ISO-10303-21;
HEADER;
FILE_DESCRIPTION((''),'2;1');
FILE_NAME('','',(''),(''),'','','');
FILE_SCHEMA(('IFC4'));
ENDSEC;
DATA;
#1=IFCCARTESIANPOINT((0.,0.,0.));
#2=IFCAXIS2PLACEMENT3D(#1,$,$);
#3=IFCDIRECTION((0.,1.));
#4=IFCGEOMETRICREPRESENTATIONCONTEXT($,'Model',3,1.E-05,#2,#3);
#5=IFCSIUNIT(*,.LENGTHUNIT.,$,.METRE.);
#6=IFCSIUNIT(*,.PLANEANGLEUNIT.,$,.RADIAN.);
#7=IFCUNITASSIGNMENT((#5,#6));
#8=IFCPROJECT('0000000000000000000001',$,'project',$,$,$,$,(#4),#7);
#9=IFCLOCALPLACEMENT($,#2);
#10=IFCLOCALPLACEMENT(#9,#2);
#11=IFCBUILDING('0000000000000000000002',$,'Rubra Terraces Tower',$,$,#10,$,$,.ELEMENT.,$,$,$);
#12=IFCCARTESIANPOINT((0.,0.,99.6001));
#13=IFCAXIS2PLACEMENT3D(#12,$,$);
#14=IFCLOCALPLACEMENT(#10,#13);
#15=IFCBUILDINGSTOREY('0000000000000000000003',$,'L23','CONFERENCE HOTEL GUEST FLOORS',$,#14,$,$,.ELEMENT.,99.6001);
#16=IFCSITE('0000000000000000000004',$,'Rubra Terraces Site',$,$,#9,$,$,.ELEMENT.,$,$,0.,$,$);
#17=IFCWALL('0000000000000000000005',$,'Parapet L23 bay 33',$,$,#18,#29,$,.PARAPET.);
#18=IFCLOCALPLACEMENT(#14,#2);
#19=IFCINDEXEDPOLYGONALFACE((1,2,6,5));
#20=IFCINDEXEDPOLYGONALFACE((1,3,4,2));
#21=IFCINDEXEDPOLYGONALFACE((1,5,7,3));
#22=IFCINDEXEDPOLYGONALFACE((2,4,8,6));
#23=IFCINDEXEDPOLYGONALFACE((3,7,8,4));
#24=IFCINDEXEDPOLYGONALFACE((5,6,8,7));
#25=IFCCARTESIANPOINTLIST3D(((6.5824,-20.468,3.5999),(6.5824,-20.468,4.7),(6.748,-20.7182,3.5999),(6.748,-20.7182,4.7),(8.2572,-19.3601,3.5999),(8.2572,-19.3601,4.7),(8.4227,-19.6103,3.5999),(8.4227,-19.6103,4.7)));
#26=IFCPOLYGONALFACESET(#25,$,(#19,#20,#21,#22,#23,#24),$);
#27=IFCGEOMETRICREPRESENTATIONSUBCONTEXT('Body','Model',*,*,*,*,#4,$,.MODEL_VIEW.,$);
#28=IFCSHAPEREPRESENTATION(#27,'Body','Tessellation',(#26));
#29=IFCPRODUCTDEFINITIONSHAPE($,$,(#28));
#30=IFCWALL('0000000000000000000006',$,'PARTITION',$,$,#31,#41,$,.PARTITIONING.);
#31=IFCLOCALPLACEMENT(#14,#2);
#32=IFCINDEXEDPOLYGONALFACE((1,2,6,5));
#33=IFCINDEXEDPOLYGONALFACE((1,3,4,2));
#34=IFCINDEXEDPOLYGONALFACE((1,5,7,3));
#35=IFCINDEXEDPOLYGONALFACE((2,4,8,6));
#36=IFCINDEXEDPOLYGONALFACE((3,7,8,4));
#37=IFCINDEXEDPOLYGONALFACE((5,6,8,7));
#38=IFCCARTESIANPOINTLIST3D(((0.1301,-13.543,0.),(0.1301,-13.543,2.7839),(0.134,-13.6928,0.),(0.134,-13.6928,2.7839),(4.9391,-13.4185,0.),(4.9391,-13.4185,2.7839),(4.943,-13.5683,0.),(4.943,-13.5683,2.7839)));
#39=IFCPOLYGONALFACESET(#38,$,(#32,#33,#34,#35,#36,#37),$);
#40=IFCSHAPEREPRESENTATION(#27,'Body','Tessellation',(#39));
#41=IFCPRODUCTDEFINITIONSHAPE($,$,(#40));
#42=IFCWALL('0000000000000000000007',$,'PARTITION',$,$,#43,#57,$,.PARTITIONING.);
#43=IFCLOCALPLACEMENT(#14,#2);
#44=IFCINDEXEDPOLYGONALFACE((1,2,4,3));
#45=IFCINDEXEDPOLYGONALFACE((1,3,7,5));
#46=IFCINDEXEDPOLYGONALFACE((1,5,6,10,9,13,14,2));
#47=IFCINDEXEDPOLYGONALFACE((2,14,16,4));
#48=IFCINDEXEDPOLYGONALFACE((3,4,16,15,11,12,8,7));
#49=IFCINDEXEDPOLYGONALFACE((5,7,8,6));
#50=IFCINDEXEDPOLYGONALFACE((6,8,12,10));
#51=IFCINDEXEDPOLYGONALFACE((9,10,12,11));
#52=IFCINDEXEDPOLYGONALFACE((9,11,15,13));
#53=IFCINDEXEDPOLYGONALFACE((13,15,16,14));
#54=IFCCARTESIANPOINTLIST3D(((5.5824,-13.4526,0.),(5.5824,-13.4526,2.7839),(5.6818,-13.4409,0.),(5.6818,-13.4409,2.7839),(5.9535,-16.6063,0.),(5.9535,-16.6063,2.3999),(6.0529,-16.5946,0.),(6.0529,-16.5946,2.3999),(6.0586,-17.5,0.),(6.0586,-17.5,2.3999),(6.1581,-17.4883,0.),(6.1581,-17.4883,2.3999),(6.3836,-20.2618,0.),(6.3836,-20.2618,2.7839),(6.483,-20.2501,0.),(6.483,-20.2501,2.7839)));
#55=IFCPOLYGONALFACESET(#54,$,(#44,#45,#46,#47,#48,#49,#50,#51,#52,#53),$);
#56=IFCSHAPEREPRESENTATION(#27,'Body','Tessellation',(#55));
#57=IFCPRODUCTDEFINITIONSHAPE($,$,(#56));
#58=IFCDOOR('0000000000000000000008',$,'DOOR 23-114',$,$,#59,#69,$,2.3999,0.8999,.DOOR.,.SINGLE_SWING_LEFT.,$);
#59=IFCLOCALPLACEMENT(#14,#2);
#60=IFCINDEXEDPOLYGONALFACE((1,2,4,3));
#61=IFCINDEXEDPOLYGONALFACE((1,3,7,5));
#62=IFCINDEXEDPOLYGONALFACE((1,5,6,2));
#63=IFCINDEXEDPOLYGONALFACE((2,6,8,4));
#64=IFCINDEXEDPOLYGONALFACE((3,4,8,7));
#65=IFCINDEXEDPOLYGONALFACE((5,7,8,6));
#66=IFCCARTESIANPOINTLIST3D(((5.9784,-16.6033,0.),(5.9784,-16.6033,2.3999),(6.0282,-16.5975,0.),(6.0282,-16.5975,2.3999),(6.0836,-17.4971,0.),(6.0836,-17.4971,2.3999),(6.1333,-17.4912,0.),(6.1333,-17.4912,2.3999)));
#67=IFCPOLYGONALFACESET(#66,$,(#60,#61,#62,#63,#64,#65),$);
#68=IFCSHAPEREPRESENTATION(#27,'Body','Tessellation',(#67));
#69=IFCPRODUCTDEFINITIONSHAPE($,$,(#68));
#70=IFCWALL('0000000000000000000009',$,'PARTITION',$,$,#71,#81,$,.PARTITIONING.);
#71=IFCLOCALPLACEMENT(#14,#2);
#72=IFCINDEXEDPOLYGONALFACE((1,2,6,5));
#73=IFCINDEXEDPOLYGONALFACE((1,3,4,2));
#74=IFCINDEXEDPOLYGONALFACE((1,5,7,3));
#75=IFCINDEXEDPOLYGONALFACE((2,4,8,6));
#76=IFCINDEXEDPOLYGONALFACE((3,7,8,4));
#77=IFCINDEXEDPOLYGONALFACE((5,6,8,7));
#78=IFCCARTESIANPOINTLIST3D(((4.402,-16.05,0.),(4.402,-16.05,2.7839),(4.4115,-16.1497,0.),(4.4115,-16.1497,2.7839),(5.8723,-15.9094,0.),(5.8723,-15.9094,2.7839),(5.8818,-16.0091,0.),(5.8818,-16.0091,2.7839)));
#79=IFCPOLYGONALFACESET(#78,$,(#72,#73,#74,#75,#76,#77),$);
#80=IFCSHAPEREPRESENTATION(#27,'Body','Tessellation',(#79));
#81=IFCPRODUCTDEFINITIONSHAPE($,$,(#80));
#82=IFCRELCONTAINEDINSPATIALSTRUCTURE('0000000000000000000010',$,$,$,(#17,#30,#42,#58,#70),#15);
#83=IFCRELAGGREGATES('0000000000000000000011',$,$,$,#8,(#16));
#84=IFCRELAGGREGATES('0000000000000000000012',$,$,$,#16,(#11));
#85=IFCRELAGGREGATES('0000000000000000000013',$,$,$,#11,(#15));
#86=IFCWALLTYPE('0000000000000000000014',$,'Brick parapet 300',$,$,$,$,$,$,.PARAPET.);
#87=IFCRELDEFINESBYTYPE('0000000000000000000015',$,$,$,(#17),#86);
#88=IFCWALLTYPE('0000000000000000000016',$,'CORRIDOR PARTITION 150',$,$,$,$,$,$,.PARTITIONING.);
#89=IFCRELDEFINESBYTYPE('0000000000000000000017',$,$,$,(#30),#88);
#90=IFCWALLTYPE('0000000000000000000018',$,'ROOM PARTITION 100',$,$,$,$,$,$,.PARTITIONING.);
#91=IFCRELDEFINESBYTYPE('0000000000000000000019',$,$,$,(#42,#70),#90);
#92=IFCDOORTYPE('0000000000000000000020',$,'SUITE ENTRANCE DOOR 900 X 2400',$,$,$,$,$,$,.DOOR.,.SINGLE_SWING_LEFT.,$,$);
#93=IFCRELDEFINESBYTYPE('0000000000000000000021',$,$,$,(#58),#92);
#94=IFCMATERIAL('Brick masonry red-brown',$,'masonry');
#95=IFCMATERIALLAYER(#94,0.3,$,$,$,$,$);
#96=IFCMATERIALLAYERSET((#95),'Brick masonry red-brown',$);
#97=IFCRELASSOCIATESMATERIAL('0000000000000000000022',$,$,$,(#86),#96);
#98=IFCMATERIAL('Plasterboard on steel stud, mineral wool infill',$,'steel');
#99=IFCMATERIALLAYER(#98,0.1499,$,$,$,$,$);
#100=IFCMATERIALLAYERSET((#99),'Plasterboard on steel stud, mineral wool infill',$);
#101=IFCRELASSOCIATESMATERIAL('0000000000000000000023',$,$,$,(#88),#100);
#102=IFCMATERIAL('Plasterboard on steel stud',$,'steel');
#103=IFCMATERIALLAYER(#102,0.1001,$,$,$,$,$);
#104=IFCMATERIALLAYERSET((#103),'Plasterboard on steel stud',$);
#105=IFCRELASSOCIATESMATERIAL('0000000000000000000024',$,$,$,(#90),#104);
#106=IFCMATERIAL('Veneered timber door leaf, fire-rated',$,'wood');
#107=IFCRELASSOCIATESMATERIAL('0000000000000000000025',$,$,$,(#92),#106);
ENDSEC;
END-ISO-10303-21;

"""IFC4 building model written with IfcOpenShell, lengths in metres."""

from ifc_helpers import new_model, si_unit, direction, frame, frame_2d, origin, place, context, subcontext, project, spatial, rectangle, extrude, material, layer, layer_set, type_object, element, fill, save


model = new_model("IFC4")

# Units and contexts
model_context = context("Model", 3, precision=1e-05, world=origin(), true_north=direction((0.0, 1.0)))
body_context = subcontext(model_context, "Body", "Model", "MODEL_VIEW")
ifc_project = project(units=[si_unit("LENGTHUNIT", "METRE"), si_unit("PLANEANGLEUNIT", "RADIAN")], contexts=[model_context])

# Site, building, storey
site_placement = place(None, origin())
site = spatial("IfcSite", under=ifc_project, at=site_placement, Name="Rubra Terraces Site", CompositionType="ELEMENT", RefElevation=0.0)
building_placement = place(site_placement, origin())
building = spatial("IfcBuilding", under=site, at=building_placement, Name="Rubra Terraces Tower", CompositionType="ELEMENT")
storey_placement = place(building_placement, frame((0.0, 0.0, 99.6001)))
storey = spatial("IfcBuildingStorey", under=building, at=storey_placement, Name="L23", Description="CONFERENCE HOTEL GUEST FLOORS", CompositionType="ELEMENT", Elevation=99.6001)

# Shared definitions
ifc_material_1 = material(Name="Brick masonry red-brown", Category="masonry")

# Walls
ifc_layer_1 = layer(ifc_material_1, 0.3)
ifc_layer_set_1 = layer_set([ifc_layer_1], Name="Brick masonry red-brown")
wall_type_1 = type_object("IfcWallType", Name="Brick parapet 300", PredefinedType="PARAPET", material=ifc_layer_set_1)
wall_1_placement = place(storey_placement, frame((6.6653, -20.593, 3.5999), z_axis=(0.0, 0.0, 1.0), x_axis=(0.834028, 0.551723, 0.0)))
element("IfcWall", 1, at=wall_1_placement, inside=storey, type_object=wall_type_1, Name="Parapet L23 bay 33", PredefinedType="PARAPET", context=body_context, shape_type="SweptSolid", body=[
    extrude(rectangle(XDim=2.0081, YDim=0.3, at=frame_2d((1.0039, 0.0))), origin(), (0.0, 0.0, 1.0), 1.1001),
])
ifc_material_2 = material(Name="Plasterboard on steel stud, mineral wool infill", Category="steel")
ifc_layer_2 = layer(ifc_material_2, 0.1499)
ifc_layer_set_2 = layer_set([ifc_layer_2], Name="Plasterboard on steel stud, mineral wool infill")
wall_type_2 = type_object("IfcWallType", Name="CORRIDOR PARTITION 150", PredefinedType="PARTITIONING", material=ifc_layer_set_2)
wall_2_placement = place(storey_placement, frame((0.1321, -13.6179, 0.0), z_axis=(0.0, 0.0, 1.0), x_axis=(0.999665, 0.025884, 0.0)))
element("IfcWall", 2, at=wall_2_placement, inside=storey, type_object=wall_type_2, Name="PARTITION", PredefinedType="PARTITIONING", context=body_context, shape_type="SweptSolid", body=[
    extrude(rectangle(XDim=4.8105, YDim=0.1499, at=frame_2d((2.4053, 0.0))), origin(), (0.0, 0.0, 1.0), 2.7839),
])

# Wall, opening, door
ifc_material_3 = material(Name="Plasterboard on steel stud", Category="steel")
ifc_layer_3 = layer(ifc_material_3, 0.1001)
ifc_layer_set_3 = layer_set([ifc_layer_3], Name="Plasterboard on steel stud")
wall_type_3 = type_object("IfcWallType", Name="ROOM PARTITION 100", PredefinedType="PARTITIONING", material=ifc_layer_set_3)
wall_3_placement = place(storey_placement, frame((6.4333, -20.2561, 0.0), z_axis=(0.0, 0.0, 1.0), x_axis=(-0.116866, 0.993148, 0.0)))
wall_3 = element("IfcWall", 3, at=wall_3_placement, inside=storey, type_object=wall_type_3, Name="PARTITION", PredefinedType="PARTITIONING", context=body_context, shape_type="SweptSolid", body=[
    extrude(rectangle(XDim=6.8562, YDim=0.1001, at=frame_2d((3.4282, 0.0))), origin(), (0.0, 0.0, 1.0), 2.7839),
])
opening_1_placement = place(wall_3_placement, frame((2.781, 0.0, 0.0)))
opening_1 = element("IfcOpeningElement", 4, at=opening_1_placement, cuts=wall_3, PredefinedType="OPENING", context=body_context, shape_type="SweptSolid", body=[
    extrude(rectangle(XDim=0.8999, YDim=2.3999, at=frame_2d((0.45, 1.2))), frame((0.0, 0.0601, 0.0), z_axis=(0.0, -1.0, 0.0), x_axis=(1.0, 0.0, 0.0)), (0.0, 0.0, 1.0), 0.1201),
])
ifc_material_4 = material(Name="Veneered timber door leaf, fire-rated", Category="wood")
door_type = type_object("IfcDoorType", Name="SUITE ENTRANCE DOOR 900 X 2400", OperationType="SINGLE_SWING_LEFT", PredefinedType="DOOR", material=ifc_material_4)
door_placement = place(opening_1_placement, origin())
door = element("IfcDoor", 5, at=door_placement, inside=storey, type_object=door_type, Name="DOOR 23-114", OperationType="SINGLE_SWING_LEFT", OverallHeight=2.3999, OverallWidth=0.8999, PredefinedType="DOOR", context=body_context, shape_type="SweptSolid", body=[
    extrude(rectangle(XDim=0.8999, YDim=2.3999, at=frame_2d((0.45, 1.2))), frame((0.0, 0.0249, 0.0), z_axis=(0.0, -1.0, 0.0), x_axis=(1.0, 0.0, 0.0)), (0.0, 0.0, 1.0), 0.05),
])
fill(opening_1, door)

# Wall
wall_4_placement = place(storey_placement, frame((4.4067, -16.0999, 0.0), z_axis=(0.0, 0.0, 1.0), x_axis=(0.995458, 0.095199, 0.0)))
element("IfcWall", 6, at=wall_4_placement, inside=storey, type_object=wall_type_3, Name="PARTITION", PredefinedType="PARTITIONING", context=body_context, shape_type="SweptSolid", body=[
    extrude(rectangle(XDim=1.4771, YDim=0.1001, at=frame_2d((0.7385, 0.0))), origin(), (0.0, 0.0, 1.0), 2.7839),
])

save(model, "model.ifc")
